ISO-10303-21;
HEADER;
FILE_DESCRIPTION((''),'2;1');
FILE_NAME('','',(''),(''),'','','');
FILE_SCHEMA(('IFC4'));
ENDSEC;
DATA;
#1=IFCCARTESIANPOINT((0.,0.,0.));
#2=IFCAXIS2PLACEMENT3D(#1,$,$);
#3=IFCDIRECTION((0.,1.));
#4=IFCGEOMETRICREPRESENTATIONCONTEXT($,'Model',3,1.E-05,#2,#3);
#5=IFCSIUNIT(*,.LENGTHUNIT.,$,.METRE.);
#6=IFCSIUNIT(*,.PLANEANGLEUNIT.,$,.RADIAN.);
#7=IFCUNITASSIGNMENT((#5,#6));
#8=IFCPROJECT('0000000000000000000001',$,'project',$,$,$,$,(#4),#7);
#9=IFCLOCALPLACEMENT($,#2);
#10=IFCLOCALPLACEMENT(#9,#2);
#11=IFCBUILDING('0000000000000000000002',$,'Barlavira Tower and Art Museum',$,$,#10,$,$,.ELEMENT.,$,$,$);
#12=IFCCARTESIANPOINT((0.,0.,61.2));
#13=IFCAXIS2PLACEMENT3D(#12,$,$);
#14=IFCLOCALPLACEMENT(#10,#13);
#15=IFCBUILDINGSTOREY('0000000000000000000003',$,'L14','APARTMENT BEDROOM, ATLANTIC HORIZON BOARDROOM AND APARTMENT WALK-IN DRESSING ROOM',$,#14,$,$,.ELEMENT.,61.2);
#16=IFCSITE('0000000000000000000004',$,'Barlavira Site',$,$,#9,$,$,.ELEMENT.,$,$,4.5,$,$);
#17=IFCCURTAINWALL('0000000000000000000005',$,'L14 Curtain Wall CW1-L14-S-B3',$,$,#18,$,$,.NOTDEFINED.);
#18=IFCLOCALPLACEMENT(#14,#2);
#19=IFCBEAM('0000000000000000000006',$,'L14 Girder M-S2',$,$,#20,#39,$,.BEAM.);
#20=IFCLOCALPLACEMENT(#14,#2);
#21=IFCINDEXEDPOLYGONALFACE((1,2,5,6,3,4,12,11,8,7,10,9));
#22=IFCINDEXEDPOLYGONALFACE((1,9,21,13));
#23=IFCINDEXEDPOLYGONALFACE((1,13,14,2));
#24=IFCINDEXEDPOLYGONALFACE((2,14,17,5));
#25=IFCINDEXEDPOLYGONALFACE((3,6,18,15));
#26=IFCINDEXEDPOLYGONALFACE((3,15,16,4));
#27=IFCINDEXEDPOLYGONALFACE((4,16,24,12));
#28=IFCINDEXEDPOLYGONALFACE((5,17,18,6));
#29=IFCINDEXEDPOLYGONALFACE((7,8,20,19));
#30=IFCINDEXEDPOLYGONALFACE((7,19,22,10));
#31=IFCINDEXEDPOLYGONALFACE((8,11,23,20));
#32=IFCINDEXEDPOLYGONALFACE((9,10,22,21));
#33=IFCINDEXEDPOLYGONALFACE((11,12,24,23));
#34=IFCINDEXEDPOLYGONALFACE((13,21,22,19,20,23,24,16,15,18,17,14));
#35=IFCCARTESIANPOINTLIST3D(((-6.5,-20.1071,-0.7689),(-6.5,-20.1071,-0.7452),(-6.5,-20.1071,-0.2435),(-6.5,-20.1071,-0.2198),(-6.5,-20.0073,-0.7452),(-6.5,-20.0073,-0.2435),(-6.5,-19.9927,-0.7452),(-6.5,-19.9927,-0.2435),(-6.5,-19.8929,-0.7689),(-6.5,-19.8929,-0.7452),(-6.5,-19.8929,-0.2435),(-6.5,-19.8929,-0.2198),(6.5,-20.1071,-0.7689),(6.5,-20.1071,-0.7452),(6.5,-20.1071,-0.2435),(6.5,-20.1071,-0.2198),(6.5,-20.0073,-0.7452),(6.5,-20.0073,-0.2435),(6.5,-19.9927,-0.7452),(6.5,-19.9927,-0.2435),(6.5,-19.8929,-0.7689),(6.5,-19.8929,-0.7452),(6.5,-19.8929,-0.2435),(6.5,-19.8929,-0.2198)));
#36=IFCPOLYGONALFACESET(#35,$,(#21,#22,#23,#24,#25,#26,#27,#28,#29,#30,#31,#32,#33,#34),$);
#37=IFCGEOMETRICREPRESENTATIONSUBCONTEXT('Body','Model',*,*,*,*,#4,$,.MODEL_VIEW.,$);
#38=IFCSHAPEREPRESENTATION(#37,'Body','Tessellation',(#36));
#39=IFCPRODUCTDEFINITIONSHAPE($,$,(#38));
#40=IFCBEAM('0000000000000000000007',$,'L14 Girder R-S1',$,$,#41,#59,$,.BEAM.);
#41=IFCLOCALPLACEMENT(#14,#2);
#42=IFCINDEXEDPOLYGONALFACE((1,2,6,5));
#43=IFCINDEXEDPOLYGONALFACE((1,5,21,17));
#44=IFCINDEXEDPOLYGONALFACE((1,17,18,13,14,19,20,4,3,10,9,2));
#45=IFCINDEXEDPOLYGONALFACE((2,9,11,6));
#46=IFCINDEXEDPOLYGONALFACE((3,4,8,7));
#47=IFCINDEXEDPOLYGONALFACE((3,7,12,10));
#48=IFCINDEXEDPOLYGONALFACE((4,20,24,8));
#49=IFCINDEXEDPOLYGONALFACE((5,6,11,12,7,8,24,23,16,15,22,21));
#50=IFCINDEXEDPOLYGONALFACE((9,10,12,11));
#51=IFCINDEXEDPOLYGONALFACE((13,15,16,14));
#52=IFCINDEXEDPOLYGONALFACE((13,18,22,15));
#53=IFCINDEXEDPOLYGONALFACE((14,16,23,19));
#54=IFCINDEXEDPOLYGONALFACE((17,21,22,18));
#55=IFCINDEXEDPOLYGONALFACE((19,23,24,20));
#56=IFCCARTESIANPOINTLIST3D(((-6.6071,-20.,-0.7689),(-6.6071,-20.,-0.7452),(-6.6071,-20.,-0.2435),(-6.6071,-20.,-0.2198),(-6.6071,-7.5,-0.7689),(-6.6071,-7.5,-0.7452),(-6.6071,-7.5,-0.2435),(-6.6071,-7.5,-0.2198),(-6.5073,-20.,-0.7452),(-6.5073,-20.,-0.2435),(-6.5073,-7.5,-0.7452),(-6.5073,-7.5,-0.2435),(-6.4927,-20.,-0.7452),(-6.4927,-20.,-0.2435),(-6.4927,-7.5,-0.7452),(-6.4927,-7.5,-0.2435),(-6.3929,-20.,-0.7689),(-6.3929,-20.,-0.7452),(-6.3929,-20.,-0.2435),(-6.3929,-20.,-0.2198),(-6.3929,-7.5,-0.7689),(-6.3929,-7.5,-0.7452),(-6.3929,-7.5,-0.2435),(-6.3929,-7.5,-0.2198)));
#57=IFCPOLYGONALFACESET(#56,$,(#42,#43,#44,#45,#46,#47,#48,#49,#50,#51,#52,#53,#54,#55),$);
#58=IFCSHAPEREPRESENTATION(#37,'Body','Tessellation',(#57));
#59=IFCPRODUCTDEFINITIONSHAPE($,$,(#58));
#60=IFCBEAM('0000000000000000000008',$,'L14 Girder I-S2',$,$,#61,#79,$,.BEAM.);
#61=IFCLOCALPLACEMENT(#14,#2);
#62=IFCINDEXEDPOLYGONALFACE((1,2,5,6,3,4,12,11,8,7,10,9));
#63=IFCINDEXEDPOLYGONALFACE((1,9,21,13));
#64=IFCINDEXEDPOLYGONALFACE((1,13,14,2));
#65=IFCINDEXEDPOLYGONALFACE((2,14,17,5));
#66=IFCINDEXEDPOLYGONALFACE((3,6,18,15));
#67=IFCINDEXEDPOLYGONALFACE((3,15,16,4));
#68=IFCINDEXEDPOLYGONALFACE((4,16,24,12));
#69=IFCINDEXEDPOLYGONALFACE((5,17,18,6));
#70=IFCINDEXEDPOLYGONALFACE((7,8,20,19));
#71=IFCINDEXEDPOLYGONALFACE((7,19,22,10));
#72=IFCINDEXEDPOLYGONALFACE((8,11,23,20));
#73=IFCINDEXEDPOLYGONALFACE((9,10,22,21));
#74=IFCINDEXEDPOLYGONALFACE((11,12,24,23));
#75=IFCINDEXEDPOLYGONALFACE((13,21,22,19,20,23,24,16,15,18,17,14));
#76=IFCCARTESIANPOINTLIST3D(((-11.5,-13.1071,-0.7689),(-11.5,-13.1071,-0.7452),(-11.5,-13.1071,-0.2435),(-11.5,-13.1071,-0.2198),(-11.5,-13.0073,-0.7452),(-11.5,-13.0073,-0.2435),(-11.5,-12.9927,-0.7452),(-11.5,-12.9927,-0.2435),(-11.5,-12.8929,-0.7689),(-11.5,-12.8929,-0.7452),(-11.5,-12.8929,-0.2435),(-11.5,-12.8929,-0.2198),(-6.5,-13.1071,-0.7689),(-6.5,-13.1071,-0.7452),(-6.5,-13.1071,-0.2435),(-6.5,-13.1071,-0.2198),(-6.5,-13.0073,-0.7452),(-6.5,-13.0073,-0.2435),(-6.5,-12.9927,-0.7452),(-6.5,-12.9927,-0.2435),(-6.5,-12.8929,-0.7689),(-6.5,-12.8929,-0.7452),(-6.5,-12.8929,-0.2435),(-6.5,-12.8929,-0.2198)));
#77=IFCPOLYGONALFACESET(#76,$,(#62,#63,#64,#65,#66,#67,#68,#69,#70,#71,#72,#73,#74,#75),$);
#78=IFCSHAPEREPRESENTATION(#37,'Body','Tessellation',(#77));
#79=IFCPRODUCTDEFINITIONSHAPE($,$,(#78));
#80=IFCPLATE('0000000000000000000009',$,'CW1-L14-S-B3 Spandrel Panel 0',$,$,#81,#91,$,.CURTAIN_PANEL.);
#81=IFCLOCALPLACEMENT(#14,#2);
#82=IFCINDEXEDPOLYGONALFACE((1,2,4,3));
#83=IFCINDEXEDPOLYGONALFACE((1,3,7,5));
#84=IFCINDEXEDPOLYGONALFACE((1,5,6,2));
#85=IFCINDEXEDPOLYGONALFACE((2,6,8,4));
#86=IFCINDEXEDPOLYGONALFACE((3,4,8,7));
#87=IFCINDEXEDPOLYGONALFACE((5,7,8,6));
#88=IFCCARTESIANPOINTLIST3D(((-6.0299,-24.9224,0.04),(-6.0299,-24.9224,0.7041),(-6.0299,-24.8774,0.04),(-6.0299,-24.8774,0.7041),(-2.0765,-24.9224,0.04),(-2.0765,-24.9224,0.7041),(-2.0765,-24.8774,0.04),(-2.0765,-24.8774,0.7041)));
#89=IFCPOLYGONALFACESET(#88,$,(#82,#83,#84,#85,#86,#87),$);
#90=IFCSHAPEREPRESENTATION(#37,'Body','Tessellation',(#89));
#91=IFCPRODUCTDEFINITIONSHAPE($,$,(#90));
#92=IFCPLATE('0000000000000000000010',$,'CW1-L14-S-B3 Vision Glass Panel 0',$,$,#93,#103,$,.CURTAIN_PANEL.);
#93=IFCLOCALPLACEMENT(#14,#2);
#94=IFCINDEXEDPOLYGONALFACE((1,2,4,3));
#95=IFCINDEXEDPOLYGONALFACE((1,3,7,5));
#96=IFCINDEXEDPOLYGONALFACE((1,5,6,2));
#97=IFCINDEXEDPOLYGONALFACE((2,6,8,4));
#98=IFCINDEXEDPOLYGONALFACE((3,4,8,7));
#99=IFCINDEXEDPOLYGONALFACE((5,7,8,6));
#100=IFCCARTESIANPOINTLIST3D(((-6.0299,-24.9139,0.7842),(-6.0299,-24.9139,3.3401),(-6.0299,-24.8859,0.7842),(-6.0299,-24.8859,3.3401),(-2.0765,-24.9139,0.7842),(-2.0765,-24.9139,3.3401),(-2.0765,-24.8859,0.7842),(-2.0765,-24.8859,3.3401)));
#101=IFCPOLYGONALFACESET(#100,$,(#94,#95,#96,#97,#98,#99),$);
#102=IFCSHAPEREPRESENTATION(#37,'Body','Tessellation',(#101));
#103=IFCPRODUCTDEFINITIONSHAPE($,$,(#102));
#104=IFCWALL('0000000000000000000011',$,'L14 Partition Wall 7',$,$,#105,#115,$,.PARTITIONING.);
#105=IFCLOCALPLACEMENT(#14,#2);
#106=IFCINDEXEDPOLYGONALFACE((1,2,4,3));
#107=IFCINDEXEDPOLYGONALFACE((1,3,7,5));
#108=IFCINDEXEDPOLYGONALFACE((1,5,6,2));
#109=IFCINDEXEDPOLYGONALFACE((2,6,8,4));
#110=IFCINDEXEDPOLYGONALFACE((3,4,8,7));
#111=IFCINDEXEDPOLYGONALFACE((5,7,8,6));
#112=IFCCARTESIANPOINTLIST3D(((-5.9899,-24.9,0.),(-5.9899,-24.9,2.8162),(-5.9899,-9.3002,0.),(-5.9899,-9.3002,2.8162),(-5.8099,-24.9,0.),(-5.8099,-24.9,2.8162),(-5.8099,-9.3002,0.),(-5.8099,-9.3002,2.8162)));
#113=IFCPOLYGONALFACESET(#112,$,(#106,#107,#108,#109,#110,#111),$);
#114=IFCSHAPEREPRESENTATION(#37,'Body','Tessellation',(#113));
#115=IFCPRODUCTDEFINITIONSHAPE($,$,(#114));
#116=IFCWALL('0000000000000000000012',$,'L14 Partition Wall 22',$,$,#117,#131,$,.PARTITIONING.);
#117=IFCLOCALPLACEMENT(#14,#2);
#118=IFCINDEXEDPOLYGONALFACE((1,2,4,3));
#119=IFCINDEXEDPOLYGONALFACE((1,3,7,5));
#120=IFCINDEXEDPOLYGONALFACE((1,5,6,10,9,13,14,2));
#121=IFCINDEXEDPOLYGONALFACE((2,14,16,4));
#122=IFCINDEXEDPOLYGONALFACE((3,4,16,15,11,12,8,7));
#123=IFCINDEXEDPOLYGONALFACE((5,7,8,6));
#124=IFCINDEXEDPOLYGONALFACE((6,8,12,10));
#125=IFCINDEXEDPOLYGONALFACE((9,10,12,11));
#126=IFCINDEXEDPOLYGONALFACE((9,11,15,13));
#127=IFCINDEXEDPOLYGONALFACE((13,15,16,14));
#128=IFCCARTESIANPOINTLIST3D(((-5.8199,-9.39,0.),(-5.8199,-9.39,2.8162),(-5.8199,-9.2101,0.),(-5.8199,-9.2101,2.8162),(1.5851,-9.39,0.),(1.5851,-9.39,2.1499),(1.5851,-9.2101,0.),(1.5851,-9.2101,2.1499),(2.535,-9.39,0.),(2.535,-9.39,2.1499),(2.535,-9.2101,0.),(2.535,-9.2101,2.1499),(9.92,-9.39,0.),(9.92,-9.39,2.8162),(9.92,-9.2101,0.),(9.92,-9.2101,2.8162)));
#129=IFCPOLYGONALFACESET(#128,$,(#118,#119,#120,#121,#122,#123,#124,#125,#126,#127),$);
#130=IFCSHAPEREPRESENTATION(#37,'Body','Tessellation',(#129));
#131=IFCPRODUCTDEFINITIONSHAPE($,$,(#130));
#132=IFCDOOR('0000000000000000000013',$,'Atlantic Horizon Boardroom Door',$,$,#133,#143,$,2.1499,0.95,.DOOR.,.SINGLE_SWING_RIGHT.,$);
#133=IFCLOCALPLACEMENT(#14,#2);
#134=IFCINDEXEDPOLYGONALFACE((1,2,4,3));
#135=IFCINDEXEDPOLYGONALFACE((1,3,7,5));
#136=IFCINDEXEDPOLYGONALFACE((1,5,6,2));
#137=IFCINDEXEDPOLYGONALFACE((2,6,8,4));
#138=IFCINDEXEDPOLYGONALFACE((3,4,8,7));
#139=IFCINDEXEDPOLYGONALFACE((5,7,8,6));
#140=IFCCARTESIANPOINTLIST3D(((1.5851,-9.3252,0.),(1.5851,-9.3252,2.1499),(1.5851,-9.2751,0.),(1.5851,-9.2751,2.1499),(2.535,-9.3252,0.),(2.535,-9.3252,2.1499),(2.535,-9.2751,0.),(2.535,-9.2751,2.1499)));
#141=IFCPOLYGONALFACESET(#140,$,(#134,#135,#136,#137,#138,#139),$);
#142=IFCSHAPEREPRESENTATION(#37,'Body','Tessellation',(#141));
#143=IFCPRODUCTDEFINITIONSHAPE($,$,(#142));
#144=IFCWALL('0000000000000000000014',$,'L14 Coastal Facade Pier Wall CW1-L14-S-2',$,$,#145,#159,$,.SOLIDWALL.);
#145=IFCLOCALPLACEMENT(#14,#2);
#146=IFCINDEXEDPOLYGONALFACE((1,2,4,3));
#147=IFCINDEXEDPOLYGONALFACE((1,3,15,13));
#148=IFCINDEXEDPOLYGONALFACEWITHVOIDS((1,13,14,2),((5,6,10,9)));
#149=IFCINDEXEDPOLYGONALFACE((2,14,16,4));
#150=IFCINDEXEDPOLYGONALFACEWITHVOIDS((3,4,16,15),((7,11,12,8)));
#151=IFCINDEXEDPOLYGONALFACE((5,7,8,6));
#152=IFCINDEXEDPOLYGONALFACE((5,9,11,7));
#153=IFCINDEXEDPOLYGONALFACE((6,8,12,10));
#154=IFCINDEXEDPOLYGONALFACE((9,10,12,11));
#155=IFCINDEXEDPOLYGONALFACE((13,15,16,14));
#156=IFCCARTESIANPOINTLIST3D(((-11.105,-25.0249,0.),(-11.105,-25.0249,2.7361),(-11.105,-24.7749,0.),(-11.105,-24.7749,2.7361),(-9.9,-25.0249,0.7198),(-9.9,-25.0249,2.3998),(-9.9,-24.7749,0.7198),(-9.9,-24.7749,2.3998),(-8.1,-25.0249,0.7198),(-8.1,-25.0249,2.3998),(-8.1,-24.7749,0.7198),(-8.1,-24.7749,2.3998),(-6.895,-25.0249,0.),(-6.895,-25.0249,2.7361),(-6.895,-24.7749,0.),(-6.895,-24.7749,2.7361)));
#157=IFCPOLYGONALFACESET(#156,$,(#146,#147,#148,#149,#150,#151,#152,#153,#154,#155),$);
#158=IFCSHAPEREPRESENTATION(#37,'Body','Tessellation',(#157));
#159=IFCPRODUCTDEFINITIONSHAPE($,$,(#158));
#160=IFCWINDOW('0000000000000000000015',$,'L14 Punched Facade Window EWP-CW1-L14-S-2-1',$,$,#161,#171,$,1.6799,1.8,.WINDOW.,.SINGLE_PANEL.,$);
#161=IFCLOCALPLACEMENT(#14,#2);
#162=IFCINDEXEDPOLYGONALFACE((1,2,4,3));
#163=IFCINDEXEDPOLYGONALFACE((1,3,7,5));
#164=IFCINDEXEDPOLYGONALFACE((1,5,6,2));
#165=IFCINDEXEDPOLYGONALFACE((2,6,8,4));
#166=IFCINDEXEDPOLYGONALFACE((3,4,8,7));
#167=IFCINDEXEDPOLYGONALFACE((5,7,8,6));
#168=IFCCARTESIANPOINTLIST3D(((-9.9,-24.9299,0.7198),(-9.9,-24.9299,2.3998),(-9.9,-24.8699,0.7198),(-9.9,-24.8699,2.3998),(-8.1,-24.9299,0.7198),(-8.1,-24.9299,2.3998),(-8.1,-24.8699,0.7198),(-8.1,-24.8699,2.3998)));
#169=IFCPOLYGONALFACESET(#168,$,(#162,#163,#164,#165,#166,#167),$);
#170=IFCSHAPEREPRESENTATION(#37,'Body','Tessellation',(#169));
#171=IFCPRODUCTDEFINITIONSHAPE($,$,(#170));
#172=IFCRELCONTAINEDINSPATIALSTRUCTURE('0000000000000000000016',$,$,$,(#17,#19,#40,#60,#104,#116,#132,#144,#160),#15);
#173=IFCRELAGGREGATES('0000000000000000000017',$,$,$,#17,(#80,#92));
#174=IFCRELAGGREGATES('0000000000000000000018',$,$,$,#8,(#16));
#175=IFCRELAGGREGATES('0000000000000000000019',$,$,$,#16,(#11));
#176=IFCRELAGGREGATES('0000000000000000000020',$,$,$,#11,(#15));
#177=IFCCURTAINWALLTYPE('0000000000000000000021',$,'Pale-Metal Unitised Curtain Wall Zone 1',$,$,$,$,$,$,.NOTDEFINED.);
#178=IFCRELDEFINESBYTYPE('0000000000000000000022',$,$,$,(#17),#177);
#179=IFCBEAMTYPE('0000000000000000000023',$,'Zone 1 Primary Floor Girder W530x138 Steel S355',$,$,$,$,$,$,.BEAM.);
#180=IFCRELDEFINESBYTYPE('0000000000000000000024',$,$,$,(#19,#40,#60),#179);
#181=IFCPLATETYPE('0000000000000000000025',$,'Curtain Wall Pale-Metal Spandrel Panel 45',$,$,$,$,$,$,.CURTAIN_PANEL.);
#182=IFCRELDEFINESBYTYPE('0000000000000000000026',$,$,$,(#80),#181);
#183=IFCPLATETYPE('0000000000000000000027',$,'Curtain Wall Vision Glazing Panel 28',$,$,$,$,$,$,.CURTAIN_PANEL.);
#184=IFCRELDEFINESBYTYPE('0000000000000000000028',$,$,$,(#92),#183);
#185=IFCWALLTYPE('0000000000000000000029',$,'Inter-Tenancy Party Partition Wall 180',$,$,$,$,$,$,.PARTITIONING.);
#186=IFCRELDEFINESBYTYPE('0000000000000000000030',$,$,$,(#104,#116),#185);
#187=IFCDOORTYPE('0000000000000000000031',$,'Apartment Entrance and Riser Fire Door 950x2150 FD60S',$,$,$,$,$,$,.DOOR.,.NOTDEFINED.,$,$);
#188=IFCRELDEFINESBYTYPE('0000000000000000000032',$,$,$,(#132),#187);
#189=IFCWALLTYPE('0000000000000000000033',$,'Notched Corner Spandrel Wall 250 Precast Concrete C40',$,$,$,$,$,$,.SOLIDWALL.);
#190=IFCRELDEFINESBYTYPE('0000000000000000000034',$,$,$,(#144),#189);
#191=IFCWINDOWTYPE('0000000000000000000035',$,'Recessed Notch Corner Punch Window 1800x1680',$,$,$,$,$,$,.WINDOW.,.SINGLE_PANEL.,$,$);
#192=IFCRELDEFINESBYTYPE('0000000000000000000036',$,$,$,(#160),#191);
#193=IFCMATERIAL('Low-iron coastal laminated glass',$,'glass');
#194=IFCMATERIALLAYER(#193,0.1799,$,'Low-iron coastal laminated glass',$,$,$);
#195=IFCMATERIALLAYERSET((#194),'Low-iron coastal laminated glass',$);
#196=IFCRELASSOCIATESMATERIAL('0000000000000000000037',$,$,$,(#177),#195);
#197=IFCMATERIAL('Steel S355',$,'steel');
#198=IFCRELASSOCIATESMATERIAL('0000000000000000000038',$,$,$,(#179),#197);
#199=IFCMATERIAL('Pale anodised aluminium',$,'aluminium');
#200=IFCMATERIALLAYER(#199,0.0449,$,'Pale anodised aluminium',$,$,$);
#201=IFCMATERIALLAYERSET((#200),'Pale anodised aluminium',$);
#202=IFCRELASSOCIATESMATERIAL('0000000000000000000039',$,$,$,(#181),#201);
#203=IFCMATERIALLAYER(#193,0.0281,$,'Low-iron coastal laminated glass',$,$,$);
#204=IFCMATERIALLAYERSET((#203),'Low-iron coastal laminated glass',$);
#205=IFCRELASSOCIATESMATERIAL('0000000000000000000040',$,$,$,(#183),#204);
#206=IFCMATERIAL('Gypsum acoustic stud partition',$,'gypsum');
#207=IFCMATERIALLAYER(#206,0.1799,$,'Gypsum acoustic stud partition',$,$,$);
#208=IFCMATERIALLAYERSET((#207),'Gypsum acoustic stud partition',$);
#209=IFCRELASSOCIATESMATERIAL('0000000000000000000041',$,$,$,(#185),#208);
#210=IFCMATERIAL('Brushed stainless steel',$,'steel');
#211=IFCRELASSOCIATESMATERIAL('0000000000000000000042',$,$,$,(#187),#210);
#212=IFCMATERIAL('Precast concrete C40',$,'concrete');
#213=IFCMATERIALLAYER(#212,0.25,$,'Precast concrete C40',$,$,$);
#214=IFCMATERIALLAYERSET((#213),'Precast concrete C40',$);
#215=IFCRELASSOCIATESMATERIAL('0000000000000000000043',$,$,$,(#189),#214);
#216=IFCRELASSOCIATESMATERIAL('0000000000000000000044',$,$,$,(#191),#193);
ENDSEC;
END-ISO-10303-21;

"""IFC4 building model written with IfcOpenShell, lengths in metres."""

from ifc_helpers import new_model, si_unit, direction, frame, frame_2d, origin, origin_2d, place, context, subcontext, project, spatial, rectangle, i_section, extrude, material, layer, layer_set, material_profile, profile_set, type_object, element, fill, aggregate, save


model = new_model("IFC4")

# Units and contexts
model_context = context("Model", 3, precision=1e-05, world=origin(), true_north=direction((0.0, 1.0)))
body_context = subcontext(model_context, "Body", "Model", "MODEL_VIEW")
ifc_project = project(units=[si_unit("LENGTHUNIT", "METRE"), si_unit("PLANEANGLEUNIT", "RADIAN")], contexts=[model_context])

# Site, building, storey
site_placement = place(None, origin())
site = spatial("IfcSite", under=ifc_project, at=site_placement, Name="Barlavira Site", CompositionType="ELEMENT", RefElevation=4.5)
building_placement = place(site_placement, origin())
building = spatial("IfcBuilding", under=site, at=building_placement, Name="Barlavira Tower and Art Museum", CompositionType="ELEMENT")
storey_placement = place(building_placement, frame((0.0, 0.0, 61.2)))
storey = spatial("IfcBuildingStorey", under=building, at=storey_placement, Name="L14", Description="APARTMENT BEDROOM, ATLANTIC HORIZON BOARDROOM AND APARTMENT WALK-IN DRESSING ROOM", CompositionType="ELEMENT", Elevation=61.2)

# Curtain wall
ifc_material_1 = material(Name="Low-iron coastal laminated glass", Category="glass")
ifc_layer_1 = layer(ifc_material_1, 0.1799, Name="Low-iron coastal laminated glass")
ifc_layer_set_1 = layer_set([ifc_layer_1], Name="Low-iron coastal laminated glass")
curtain_wall_type = type_object("IfcCurtainWallType", Name="Pale-Metal Unitised Curtain Wall Zone 1", PredefinedType="NOTDEFINED", material=ifc_layer_set_1)
curtain_wall_placement = place(storey_placement, origin())
curtain_wall = element("IfcCurtainWall", 1, at=curtain_wall_placement, inside=storey, type_object=curtain_wall_type, Name="L14 Curtain Wall CW1-L14-S-B3", PredefinedType="NOTDEFINED")
ifc_material_2 = material(Name="Pale anodised aluminium", Category="aluminium")

# Shared definitions
ifc_material_3 = material(Name="Steel S355", Category="steel")

# Beams
ifc_material_profile_1 = material_profile(ifc_material_3, i_section(OverallWidth=0.2141, OverallDepth=0.5491, WebThickness=0.0146, FlangeThickness=0.0237, at=origin_2d()), Name="W530x138.0")
ifc_profile_set_1 = profile_set([ifc_material_profile_1], Name="Steel S355")
beam_type_1 = type_object("IfcBeamType", Name="Zone 1 Primary Floor Girder W530x138 Steel S355", PredefinedType="BEAM", material=ifc_profile_set_1)
beam_1_placement = place(storey_placement, frame((-6.5, -20.0, -0.4944), z_axis=(1.0, 0.0, 0.0), x_axis=(0.0, 1.0, 0.0)))
element("IfcBeam", 2, at=beam_1_placement, inside=storey, type_object=beam_type_1, Name="L14 Girder M-S2", PredefinedType="BEAM", context=body_context, shape_type="SweptSolid", body=[
    extrude(i_section(OverallWidth=0.2141, OverallDepth=0.5491, WebThickness=0.0146, FlangeThickness=0.0237, at=origin_2d()), origin(), (0.0, 0.0, 1.0), 13.0),
])
beam_2_placement = place(storey_placement, frame((-6.5, -20.0, -0.4944), z_axis=(0.0, 1.0, 0.0), x_axis=(-1.0, 0.0, 0.0)))
element("IfcBeam", 3, at=beam_2_placement, inside=storey, type_object=beam_type_1, Name="L14 Girder R-S1", PredefinedType="BEAM", context=body_context, shape_type="SweptSolid", body=[
    extrude(i_section(OverallWidth=0.2141, OverallDepth=0.5491, WebThickness=0.0146, FlangeThickness=0.0237, at=origin_2d()), origin(), (0.0, 0.0, 1.0), 12.5),
])
beam_3_placement = place(storey_placement, frame((-11.5, -13.0, -0.4944), z_axis=(1.0, 0.0, 0.0), x_axis=(0.0, 1.0, 0.0)))
element("IfcBeam", 4, at=beam_3_placement, inside=storey, type_object=beam_type_1, Name="L14 Girder I-S2", PredefinedType="BEAM", context=body_context, shape_type="SweptSolid", body=[
    extrude(i_section(OverallWidth=0.2141, OverallDepth=0.5491, WebThickness=0.0146, FlangeThickness=0.0237, at=origin_2d()), origin(), (0.0, 0.0, 1.0), 5.0),
])

# Plates
ifc_layer_2 = layer(ifc_material_2, 0.0449, Name="Pale anodised aluminium")
ifc_layer_set_2 = layer_set([ifc_layer_2], Name="Pale anodised aluminium")
plate_type_1 = type_object("IfcPlateType", Name="Curtain Wall Pale-Metal Spandrel Panel 45", PredefinedType="CURTAIN_PANEL", material=ifc_layer_set_2)
plate_1_placement = place(storey_placement, frame((-4.0532, -24.8999, 0.04), z_axis=(0.0, 0.0, 1.0), x_axis=(1.0, 0.0, 0.0)))
plate_1 = element("IfcPlate", 5, at=plate_1_placement, type_object=plate_type_1, Name="CW1-L14-S-B3 Spandrel Panel 0", PredefinedType="CURTAIN_PANEL", context=body_context, shape_type="SweptSolid", body=[
    extrude(rectangle(XDim=3.9534, YDim=0.0449, at=origin_2d()), origin(), (0.0, 0.0, 1.0), 0.6641),
])
ifc_layer_3 = layer(ifc_material_1, 0.0281, Name="Low-iron coastal laminated glass")
ifc_layer_set_3 = layer_set([ifc_layer_3], Name="Low-iron coastal laminated glass")
plate_type_2 = type_object("IfcPlateType", Name="Curtain Wall Vision Glazing Panel 28", PredefinedType="CURTAIN_PANEL", material=ifc_layer_set_3)
plate_2_placement = place(storey_placement, frame((-4.0532, -24.8999, 0.7842), z_axis=(0.0, 0.0, 1.0), x_axis=(1.0, 0.0, 0.0)))
plate_2 = element("IfcPlate", 6, at=plate_2_placement, type_object=plate_type_2, Name="CW1-L14-S-B3 Vision Glass Panel 0", PredefinedType="CURTAIN_PANEL", context=body_context, shape_type="SweptSolid", body=[
    extrude(rectangle(XDim=3.9534, YDim=0.0281, at=origin_2d()), origin(), (0.0, 0.0, 1.0), 2.5559),
])
aggregate(curtain_wall, [plate_1, plate_2])

# Wall
ifc_material_4 = material(Name="Gypsum acoustic stud partition", Category="gypsum")
ifc_layer_4 = layer(ifc_material_4, 0.1799, Name="Gypsum acoustic stud partition")
ifc_layer_set_4 = layer_set([ifc_layer_4], Name="Gypsum acoustic stud partition")
wall_type_1 = type_object("IfcWallType", Name="Inter-Tenancy Party Partition Wall 180", PredefinedType="PARTITIONING", material=ifc_layer_set_4)
wall_1_placement = place(storey_placement, frame((-5.8999, -24.8999, 0.0), z_axis=(0.0, 0.0, 1.0), x_axis=(0.0, 1.0, 0.0)))
element("IfcWall", 7, at=wall_1_placement, inside=storey, type_object=wall_type_1, Name="L14 Partition Wall 7", PredefinedType="PARTITIONING", context=body_context, shape_type="SweptSolid", body=[
    extrude(rectangle(XDim=15.5999, YDim=0.1799, at=frame_2d((7.7998, 0.0))), origin(), (0.0, 0.0, 1.0), 2.8162),
])

# Wall, opening, door
wall_2_placement = place(storey_placement, frame((-5.8201, -9.3, 0.0), z_axis=(0.0, 0.0, 1.0), x_axis=(1.0, 0.0, 0.0)))
wall_2 = element("IfcWall", 8, at=wall_2_placement, inside=storey, type_object=wall_type_1, Name="L14 Partition Wall 22", PredefinedType="PARTITIONING", context=body_context, shape_type="SweptSolid", body=[
    extrude(rectangle(XDim=15.74, YDim=0.1799, at=frame_2d((7.8701, 0.0))), origin(), (0.0, 0.0, 1.0), 2.8162),
])
opening_1_placement = place(wall_2_placement, frame((7.405, 0.0, 0.0)))
opening_1 = element("IfcOpeningElement", 9, at=opening_1_placement, cuts=wall_2, PredefinedType="OPENING", context=body_context, shape_type="SweptSolid", body=[
    extrude(rectangle(XDim=0.95, YDim=2.1499, at=frame_2d((0.4751, 1.075))), frame((0.0, 0.1001, 0.0), z_axis=(0.0, -1.0, 0.0), x_axis=(1.0, 0.0, 0.0)), (0.0, 0.0, 1.0), 0.2),
])
ifc_material_5 = material(Name="Brushed stainless steel", Category="steel")
door_type = type_object("IfcDoorType", Name="Apartment Entrance and Riser Fire Door 950x2150 FD60S", OperationType="NOTDEFINED", PredefinedType="DOOR", material=ifc_material_5)
door_placement = place(opening_1_placement, origin())
door = element("IfcDoor", 10, at=door_placement, inside=storey, type_object=door_type, Name="Atlantic Horizon Boardroom Door", OperationType="SINGLE_SWING_RIGHT", OverallHeight=2.1499, OverallWidth=0.95, PredefinedType="DOOR", context=body_context, shape_type="SweptSolid", body=[
    extrude(rectangle(XDim=0.95, YDim=2.1499, at=frame_2d((0.4751, 1.075))), frame((0.0, 0.0249, 0.0), z_axis=(0.0, -1.0, 0.0), x_axis=(1.0, 0.0, 0.0)), (0.0, 0.0, 1.0), 0.05),
])
fill(opening_1, door)

# Wall, opening, window
ifc_material_6 = material(Name="Precast concrete C40", Category="concrete")
ifc_layer_5 = layer(ifc_material_6, 0.25, Name="Precast concrete C40")
ifc_layer_set_5 = layer_set([ifc_layer_5], Name="Precast concrete C40")
wall_type_2 = type_object("IfcWallType", Name="Notched Corner Spandrel Wall 250 Precast Concrete C40", PredefinedType="SOLIDWALL", material=ifc_layer_set_5)
wall_3_placement = place(storey_placement, frame((-11.105, -24.8999, 0.0), z_axis=(0.0, 0.0, 1.0), x_axis=(1.0, 0.0, 0.0)))
wall_3 = element("IfcWall", 11, at=wall_3_placement, inside=storey, type_object=wall_type_2, Name="L14 Coastal Facade Pier Wall CW1-L14-S-2", PredefinedType="SOLIDWALL", context=body_context, shape_type="SweptSolid", body=[
    extrude(rectangle(XDim=4.21, YDim=0.25, at=frame_2d((2.105, 0.0))), origin(), (0.0, 0.0, 1.0), 2.7361),
])
opening_2_placement = place(wall_3_placement, frame((1.2051, 0.0, 0.72)))
opening_2 = element("IfcOpeningElement", 12, at=opening_2_placement, cuts=wall_3, PredefinedType="OPENING", context=body_context, shape_type="SweptSolid", body=[
    extrude(rectangle(XDim=1.8, YDim=1.6799, at=frame_2d((0.8999, 0.8398))), frame((0.0, 0.135, 0.0), z_axis=(0.0, -1.0, 0.0), x_axis=(1.0, 0.0, 0.0)), (0.0, 0.0, 1.0), 0.27),
])
window_type = type_object("IfcWindowType", Name="Recessed Notch Corner Punch Window 1800x1680", PartitioningType="SINGLE_PANEL", PredefinedType="WINDOW", material=ifc_material_1)
window_placement = place(opening_2_placement, origin())
window = element("IfcWindow", 13, at=window_placement, inside=storey, type_object=window_type, Name="L14 Punched Facade Window EWP-CW1-L14-S-2-1", OverallHeight=1.6799, OverallWidth=1.8, PartitioningType="SINGLE_PANEL", PredefinedType="WINDOW", context=body_context, shape_type="SweptSolid", body=[
    extrude(rectangle(XDim=1.8, YDim=1.6799, at=frame_2d((0.8999, 0.8398))), frame((0.0, 0.03, 0.0), z_axis=(0.0, -1.0, 0.0), x_axis=(1.0, 0.0, 0.0)), (0.0, 0.0, 1.0), 0.0601),
])
fill(opening_2, window)

save(model, "model.ifc")
